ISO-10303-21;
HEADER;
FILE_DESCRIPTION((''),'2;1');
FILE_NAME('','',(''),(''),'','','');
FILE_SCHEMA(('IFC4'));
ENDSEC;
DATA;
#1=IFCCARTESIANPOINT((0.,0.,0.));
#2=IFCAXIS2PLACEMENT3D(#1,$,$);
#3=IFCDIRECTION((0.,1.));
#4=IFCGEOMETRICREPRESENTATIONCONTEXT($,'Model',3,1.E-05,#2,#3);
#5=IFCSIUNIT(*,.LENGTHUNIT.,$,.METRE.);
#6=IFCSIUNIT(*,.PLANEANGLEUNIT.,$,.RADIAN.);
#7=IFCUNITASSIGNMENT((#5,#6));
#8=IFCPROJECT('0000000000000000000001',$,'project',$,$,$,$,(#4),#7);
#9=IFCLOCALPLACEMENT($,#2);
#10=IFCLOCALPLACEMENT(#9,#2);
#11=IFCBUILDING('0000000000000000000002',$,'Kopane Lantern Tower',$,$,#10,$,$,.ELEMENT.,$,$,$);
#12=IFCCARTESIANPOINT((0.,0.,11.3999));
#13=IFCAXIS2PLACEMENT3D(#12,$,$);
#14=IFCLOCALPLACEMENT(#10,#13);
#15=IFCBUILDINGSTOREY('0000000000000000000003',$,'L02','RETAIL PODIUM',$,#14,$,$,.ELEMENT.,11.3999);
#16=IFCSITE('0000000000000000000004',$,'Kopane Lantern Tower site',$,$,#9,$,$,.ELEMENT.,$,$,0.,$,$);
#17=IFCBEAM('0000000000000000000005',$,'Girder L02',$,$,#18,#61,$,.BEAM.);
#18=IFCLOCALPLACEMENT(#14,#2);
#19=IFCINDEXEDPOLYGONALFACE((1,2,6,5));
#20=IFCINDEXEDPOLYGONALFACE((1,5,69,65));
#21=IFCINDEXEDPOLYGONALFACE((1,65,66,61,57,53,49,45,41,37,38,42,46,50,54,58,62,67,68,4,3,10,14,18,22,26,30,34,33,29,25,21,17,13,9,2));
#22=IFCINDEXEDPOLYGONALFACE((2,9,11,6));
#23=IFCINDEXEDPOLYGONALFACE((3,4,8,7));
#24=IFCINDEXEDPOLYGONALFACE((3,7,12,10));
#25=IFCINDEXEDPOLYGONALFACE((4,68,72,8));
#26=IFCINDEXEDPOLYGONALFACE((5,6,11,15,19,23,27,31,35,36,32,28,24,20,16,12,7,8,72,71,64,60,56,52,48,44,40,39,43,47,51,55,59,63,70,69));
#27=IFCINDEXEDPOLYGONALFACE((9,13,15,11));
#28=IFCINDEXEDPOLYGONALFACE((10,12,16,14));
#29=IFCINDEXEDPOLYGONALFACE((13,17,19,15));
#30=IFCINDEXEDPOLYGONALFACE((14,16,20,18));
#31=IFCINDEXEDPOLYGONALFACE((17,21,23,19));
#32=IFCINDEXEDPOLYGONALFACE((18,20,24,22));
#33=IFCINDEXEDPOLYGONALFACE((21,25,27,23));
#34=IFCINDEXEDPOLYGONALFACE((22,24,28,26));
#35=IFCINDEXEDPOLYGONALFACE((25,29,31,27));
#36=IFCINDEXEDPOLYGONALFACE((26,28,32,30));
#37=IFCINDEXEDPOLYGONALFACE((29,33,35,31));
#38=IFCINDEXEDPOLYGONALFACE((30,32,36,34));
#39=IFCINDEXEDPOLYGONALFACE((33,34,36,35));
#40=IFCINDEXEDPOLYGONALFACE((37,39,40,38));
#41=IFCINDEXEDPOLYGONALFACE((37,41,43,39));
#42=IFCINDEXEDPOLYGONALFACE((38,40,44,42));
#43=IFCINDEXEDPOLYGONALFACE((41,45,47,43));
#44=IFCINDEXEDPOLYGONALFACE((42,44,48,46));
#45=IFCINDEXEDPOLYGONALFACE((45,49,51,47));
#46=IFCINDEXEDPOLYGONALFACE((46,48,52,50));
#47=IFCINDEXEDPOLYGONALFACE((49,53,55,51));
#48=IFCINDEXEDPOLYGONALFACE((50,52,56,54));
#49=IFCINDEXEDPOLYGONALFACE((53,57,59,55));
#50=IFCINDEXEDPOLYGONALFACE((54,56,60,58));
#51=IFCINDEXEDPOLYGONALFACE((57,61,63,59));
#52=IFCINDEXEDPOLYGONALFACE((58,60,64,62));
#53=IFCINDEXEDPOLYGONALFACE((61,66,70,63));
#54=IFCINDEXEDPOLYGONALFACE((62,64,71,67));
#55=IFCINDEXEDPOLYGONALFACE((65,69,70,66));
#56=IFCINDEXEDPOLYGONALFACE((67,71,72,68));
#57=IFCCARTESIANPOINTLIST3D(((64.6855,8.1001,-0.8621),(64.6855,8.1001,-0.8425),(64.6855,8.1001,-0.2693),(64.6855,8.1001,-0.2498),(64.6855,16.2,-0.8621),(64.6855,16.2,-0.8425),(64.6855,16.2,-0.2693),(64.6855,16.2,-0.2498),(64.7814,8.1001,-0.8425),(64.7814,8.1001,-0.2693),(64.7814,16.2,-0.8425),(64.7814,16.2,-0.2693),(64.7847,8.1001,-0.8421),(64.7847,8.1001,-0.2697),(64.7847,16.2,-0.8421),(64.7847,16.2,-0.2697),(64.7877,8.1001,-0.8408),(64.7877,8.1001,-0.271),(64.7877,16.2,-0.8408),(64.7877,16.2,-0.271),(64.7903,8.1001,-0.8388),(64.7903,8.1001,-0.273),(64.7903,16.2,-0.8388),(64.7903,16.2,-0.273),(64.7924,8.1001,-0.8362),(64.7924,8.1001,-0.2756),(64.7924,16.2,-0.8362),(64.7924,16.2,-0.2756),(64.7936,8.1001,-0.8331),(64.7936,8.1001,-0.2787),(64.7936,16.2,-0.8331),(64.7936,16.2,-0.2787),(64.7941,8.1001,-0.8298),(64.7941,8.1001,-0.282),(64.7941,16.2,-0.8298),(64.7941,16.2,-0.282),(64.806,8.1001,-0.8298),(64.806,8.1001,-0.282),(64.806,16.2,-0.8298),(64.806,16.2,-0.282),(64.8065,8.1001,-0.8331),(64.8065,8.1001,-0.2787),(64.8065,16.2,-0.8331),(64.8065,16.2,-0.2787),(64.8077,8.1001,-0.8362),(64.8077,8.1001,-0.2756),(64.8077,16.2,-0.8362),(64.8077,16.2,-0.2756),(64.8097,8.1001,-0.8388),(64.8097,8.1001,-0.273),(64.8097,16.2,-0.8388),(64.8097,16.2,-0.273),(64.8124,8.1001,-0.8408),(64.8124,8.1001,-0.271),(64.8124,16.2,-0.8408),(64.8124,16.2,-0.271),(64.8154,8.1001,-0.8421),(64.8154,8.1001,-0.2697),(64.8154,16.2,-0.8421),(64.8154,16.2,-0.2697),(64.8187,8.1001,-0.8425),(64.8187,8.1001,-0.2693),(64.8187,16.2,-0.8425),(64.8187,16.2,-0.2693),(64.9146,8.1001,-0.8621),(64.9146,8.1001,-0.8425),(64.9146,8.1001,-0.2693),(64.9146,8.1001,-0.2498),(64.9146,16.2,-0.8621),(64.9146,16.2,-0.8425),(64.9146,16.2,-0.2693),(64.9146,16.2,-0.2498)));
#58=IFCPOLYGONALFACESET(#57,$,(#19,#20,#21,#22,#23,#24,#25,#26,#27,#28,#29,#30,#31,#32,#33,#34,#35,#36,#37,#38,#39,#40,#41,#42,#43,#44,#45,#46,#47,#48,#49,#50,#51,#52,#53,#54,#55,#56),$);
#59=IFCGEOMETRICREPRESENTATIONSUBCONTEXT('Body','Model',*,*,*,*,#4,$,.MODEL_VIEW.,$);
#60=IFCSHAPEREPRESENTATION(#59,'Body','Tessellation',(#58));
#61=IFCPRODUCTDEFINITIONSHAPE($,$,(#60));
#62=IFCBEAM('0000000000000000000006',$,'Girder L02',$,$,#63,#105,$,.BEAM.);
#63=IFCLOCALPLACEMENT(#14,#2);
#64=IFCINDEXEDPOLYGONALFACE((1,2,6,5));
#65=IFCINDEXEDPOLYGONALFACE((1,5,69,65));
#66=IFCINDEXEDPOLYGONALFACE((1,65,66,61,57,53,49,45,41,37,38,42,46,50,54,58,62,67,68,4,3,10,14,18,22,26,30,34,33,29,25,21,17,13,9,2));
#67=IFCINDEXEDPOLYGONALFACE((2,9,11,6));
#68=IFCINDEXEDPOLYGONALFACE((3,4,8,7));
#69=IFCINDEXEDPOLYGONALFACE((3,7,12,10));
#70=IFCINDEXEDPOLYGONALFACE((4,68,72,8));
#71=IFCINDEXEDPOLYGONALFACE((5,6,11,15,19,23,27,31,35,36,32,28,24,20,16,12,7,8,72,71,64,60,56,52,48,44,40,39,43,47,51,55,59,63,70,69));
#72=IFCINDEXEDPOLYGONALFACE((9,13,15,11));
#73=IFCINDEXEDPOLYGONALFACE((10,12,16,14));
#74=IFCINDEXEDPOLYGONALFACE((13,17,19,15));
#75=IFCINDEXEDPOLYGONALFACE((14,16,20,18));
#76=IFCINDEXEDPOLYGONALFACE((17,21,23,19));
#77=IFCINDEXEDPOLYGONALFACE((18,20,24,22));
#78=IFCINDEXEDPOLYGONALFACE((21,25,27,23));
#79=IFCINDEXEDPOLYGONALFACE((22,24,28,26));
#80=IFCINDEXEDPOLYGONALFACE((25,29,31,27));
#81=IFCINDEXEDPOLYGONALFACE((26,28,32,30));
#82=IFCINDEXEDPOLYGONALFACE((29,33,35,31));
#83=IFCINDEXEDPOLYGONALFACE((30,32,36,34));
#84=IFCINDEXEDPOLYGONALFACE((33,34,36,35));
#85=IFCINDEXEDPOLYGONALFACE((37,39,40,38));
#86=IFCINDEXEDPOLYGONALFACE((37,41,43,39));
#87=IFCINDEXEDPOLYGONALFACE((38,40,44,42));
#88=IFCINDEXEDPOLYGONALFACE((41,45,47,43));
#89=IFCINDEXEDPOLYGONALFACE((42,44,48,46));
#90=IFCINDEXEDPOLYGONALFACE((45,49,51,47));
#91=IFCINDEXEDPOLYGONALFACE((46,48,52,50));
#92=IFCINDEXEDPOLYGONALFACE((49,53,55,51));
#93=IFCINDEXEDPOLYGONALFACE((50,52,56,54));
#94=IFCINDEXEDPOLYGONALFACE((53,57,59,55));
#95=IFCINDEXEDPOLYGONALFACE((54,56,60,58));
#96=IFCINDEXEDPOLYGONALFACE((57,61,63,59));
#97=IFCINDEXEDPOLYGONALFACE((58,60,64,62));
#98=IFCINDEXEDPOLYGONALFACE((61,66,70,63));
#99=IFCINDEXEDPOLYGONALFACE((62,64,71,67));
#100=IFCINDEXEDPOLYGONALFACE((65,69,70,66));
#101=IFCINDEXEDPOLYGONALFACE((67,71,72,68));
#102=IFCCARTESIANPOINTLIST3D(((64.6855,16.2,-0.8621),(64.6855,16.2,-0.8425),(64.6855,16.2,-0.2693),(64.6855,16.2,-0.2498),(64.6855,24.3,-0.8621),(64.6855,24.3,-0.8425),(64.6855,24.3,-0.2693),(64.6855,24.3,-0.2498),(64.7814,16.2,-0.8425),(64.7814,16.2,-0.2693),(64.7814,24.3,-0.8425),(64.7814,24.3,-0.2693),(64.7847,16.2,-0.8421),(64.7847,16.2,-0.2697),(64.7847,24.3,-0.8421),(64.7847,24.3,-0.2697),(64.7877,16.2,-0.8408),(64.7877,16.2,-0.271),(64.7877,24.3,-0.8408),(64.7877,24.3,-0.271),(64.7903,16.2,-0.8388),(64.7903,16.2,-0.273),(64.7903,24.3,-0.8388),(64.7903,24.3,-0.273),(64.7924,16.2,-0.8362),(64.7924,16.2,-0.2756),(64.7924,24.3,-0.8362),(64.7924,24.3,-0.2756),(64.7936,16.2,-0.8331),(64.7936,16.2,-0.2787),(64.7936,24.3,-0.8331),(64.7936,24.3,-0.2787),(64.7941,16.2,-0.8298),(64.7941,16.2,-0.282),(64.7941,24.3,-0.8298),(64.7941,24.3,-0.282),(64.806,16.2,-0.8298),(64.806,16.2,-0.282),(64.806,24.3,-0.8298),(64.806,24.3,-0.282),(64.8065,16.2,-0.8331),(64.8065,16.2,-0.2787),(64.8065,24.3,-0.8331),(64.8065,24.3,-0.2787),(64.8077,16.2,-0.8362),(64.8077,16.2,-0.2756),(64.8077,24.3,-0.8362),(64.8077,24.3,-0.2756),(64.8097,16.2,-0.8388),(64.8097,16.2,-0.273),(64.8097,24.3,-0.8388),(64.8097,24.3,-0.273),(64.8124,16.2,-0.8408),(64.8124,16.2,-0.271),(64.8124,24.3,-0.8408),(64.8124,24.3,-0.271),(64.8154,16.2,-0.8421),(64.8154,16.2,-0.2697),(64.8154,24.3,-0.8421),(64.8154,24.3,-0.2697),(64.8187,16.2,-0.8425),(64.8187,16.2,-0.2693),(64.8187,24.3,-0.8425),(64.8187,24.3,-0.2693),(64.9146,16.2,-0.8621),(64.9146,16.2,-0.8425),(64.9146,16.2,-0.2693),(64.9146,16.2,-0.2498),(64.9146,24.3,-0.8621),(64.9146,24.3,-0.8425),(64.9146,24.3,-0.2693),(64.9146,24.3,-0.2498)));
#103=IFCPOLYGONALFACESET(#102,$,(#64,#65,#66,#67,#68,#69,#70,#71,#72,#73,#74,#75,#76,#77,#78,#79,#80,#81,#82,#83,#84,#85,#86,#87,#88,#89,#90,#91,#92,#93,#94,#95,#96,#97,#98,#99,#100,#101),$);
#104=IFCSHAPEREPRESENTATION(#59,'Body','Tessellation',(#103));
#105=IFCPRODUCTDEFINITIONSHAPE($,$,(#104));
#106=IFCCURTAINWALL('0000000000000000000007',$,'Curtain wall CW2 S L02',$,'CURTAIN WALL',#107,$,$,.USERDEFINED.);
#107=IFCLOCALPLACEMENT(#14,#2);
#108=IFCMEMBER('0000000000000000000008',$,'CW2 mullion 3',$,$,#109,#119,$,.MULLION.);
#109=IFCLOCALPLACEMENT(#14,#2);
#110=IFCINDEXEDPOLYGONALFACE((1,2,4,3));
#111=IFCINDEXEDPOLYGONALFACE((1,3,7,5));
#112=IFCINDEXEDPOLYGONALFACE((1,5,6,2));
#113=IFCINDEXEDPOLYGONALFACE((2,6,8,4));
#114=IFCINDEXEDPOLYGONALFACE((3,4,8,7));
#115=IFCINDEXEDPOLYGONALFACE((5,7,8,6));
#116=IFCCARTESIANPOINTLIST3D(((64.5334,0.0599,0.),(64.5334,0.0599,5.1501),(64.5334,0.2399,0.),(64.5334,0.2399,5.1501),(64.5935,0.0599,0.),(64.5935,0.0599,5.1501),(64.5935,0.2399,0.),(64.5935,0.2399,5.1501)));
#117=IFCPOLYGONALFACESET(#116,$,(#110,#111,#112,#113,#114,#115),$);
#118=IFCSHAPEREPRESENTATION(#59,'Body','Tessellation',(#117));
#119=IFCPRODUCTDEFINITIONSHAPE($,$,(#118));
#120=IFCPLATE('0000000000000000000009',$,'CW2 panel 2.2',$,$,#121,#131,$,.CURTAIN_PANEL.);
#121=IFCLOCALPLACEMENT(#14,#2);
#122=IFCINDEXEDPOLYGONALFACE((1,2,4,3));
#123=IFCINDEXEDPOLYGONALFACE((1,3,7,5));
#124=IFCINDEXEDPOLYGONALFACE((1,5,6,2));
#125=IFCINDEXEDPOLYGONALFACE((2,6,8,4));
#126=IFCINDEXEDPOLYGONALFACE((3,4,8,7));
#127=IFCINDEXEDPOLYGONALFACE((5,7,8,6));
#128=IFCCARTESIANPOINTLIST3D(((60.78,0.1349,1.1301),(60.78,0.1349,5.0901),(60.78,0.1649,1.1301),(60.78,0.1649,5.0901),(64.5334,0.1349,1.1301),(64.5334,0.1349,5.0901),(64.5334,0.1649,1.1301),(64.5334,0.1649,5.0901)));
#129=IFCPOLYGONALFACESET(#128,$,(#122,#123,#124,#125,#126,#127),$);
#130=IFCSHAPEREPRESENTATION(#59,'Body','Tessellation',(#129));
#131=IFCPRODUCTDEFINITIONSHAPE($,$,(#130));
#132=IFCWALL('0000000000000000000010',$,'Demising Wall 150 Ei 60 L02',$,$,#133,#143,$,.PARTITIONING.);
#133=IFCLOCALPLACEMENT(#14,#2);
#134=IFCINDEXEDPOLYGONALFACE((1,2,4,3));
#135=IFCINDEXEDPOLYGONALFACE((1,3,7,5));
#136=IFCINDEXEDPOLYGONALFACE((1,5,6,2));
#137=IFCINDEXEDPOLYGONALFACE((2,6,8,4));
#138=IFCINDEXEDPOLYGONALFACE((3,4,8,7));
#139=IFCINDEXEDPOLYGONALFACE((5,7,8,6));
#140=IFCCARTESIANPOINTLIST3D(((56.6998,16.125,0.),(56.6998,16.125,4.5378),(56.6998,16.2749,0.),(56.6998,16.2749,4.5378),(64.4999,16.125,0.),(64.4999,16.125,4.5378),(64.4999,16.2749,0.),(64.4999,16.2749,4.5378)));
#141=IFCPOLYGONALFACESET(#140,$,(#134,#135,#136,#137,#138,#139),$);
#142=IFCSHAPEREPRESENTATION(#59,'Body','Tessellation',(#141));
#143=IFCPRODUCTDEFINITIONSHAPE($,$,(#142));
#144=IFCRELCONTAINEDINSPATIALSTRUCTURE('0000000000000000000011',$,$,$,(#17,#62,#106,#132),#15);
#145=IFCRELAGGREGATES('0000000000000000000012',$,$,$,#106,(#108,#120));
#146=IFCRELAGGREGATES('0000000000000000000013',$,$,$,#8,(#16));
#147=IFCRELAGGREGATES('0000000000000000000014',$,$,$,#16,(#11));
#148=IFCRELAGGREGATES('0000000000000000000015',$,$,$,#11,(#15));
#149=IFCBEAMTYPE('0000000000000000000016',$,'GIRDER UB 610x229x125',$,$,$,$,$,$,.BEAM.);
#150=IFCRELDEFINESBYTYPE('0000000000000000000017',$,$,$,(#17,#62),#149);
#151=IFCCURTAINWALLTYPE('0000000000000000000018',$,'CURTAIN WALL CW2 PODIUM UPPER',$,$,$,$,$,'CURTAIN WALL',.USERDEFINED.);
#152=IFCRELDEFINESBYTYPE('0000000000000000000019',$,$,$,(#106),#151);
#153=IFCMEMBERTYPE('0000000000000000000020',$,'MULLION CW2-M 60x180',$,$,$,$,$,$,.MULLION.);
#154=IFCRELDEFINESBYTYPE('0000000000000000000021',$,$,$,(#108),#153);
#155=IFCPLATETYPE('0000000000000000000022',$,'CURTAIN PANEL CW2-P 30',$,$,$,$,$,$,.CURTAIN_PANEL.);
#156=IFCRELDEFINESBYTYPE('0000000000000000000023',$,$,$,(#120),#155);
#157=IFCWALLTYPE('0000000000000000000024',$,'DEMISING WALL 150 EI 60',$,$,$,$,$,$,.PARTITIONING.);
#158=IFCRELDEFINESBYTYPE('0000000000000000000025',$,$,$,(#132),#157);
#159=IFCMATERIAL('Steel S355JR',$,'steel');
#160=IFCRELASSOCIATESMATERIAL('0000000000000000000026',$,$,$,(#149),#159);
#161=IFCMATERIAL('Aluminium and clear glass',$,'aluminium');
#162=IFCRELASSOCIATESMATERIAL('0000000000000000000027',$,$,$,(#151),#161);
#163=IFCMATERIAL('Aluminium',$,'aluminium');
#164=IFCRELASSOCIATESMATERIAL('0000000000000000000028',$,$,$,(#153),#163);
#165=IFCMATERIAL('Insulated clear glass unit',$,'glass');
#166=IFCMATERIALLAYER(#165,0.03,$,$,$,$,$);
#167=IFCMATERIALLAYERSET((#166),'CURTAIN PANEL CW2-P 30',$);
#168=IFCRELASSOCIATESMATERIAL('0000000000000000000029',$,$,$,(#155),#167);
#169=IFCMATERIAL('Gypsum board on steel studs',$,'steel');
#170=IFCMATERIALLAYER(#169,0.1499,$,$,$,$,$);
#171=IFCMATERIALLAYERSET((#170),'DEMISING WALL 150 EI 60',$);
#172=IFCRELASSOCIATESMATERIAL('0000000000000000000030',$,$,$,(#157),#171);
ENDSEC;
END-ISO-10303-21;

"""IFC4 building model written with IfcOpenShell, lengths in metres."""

from ifc_helpers import new_model, si_unit, direction, frame, frame_2d, origin, origin_2d, place, context, subcontext, project, spatial, rectangle, i_section, extrude, material, layer, layer_set, material_profile, profile_set, type_object, element, aggregate, save


model = new_model("IFC4")

# Units and contexts
model_context = context("Model", 3, precision=1e-05, world=origin(), true_north=direction((0.0, 1.0)))
body_context = subcontext(model_context, "Body", "Model", "MODEL_VIEW")
ifc_project = project(units=[si_unit("LENGTHUNIT", "METRE"), si_unit("PLANEANGLEUNIT", "RADIAN")], contexts=[model_context])

# Site, building, storey
site_placement = place(None, origin())
site = spatial("IfcSite", under=ifc_project, at=site_placement, Name="Kopane Lantern Tower site", CompositionType="ELEMENT", RefElevation=0.0)
building_placement = place(site_placement, origin())
building = spatial("IfcBuilding", under=site, at=building_placement, Name="Kopane Lantern Tower", CompositionType="ELEMENT")
storey_placement = place(building_placement, frame((0.0, 0.0, 11.3999)))
storey = spatial("IfcBuildingStorey", under=building, at=storey_placement, Name="L02", Description="RETAIL PODIUM", CompositionType="ELEMENT", Elevation=11.3999)

# Beams
ifc_material_1 = material(Name="Steel S355JR", Category="steel")
ifc_material_profile_1 = material_profile(ifc_material_1, i_section(OverallWidth=0.229, OverallDepth=0.6123, WebThickness=0.012, FlangeThickness=0.0195, FilletRadius=0.0127, at=origin_2d()), Name="UB 610x229x125")
ifc_profile_set_1 = profile_set([ifc_material_profile_1], Name="Steel S355JR")
beam_type = type_object("IfcBeamType", Name="GIRDER UB 610x229x125", PredefinedType="BEAM", material=ifc_profile_set_1)
beam_1_placement = place(storey_placement, frame((64.8, 8.1001, -0.5559), z_axis=(0.0, 1.0, 0.0), x_axis=(-1.0, 0.0, 0.0)))
element("IfcBeam", 1, at=beam_1_placement, inside=storey, type_object=beam_type, Name="Girder L02", PredefinedType="BEAM", context=body_context, shape_type="SweptSolid", body=[
    extrude(i_section(OverallWidth=0.229, OverallDepth=0.6123, WebThickness=0.012, FlangeThickness=0.0195, FilletRadius=0.0127, at=origin_2d()), origin(), (0.0, 0.0, 1.0), 8.0999),
])
beam_2_placement = place(storey_placement, frame((64.8, 16.2, -0.5559), z_axis=(0.0, 1.0, 0.0), x_axis=(-1.0, 0.0, 0.0)))
element("IfcBeam", 2, at=beam_2_placement, inside=storey, type_object=beam_type, Name="Girder L02", PredefinedType="BEAM", context=body_context, shape_type="SweptSolid", body=[
    extrude(i_section(OverallWidth=0.229, OverallDepth=0.6123, WebThickness=0.012, FlangeThickness=0.0195, FilletRadius=0.0127, at=origin_2d()), origin(), (0.0, 0.0, 1.0), 8.1001),
])

# Curtain wall, member, plate
ifc_material_2 = material(Name="Aluminium and clear glass", Category="aluminium")
curtain_wall_type = type_object("IfcCurtainWallType", Name="CURTAIN WALL CW2 PODIUM UPPER", ElementType="CURTAIN WALL", PredefinedType="USERDEFINED", material=ifc_material_2)
curtain_wall_placement = place(storey_placement, origin())
curtain_wall = element("IfcCurtainWall", 3, at=curtain_wall_placement, inside=storey, type_object=curtain_wall_type, Name="Curtain wall CW2 S L02", ObjectType="CURTAIN WALL", PredefinedType="USERDEFINED")
ifc_material_3 = material(Name="Aluminium", Category="aluminium")
ifc_material_profile_2 = material_profile(ifc_material_3, rectangle(XDim=0.0601, YDim=0.1799, at=origin_2d()), Name="AL 60x180")
ifc_profile_set_2 = profile_set([ifc_material_profile_2], Name="Aluminium")
member_type = type_object("IfcMemberType", Name="MULLION CW2-M 60x180", PredefinedType="MULLION", material=ifc_profile_set_2)
member_placement = place(storey_placement, frame((64.5635, 0.1499, 0.0), z_axis=(0.0, 0.0, 1.0), x_axis=(1.0, 0.0, 0.0)))
member = element("IfcMember", 4, at=member_placement, type_object=member_type, Name="CW2 mullion 3", PredefinedType="MULLION", context=body_context, shape_type="SweptSolid", body=[
    extrude(rectangle(XDim=0.0601, YDim=0.1799, at=origin_2d()), origin(), (0.0, 0.0, 1.0), 5.1501),
])
ifc_material_4 = material(Name="Insulated clear glass unit", Category="glass")
ifc_layer_1 = layer(ifc_material_4, 0.03)
ifc_layer_set_1 = layer_set([ifc_layer_1], Name="CURTAIN PANEL CW2-P 30")
plate_type = type_object("IfcPlateType", Name="CURTAIN PANEL CW2-P 30", PredefinedType="CURTAIN_PANEL", material=ifc_layer_set_1)
plate_placement = place(storey_placement, frame((62.6567, 0.1499, 1.1301), z_axis=(0.0, 0.0, 1.0), x_axis=(1.0, 0.0, 0.0)))
plate = element("IfcPlate", 5, at=plate_placement, type_object=plate_type, Name="CW2 panel 2.2", PredefinedType="CURTAIN_PANEL", context=body_context, shape_type="SweptSolid", body=[
    extrude(rectangle(XDim=3.7534, YDim=0.03, at=origin_2d()), origin(), (0.0, 0.0, 1.0), 3.96),
])
aggregate(curtain_wall, [member, plate])

# Wall
ifc_material_5 = material(Name="Gypsum board on steel studs", Category="steel")
ifc_layer_2 = layer(ifc_material_5, 0.1499)
ifc_layer_set_2 = layer_set([ifc_layer_2], Name="DEMISING WALL 150 EI 60")
wall_type_1 = type_object("IfcWallType", Name="DEMISING WALL 150 EI 60", PredefinedType="PARTITIONING", material=ifc_layer_set_2)
wall_1_placement = place(storey_placement, frame((56.7, 16.2, 0.0), z_axis=(0.0, 0.0, 1.0), x_axis=(1.0, 0.0, 0.0)))
element("IfcWall", 6, at=wall_1_placement, inside=storey, type_object=wall_type_1, Name="Demising Wall 150 Ei 60 L02", PredefinedType="PARTITIONING", context=body_context, shape_type="SweptSolid", body=[
    extrude(rectangle(XDim=7.8, YDim=0.1499, at=frame_2d((3.8999, 0.0))), origin(), (0.0, 0.0, 1.0), 4.5378),
])

save(model, "model.ifc")
